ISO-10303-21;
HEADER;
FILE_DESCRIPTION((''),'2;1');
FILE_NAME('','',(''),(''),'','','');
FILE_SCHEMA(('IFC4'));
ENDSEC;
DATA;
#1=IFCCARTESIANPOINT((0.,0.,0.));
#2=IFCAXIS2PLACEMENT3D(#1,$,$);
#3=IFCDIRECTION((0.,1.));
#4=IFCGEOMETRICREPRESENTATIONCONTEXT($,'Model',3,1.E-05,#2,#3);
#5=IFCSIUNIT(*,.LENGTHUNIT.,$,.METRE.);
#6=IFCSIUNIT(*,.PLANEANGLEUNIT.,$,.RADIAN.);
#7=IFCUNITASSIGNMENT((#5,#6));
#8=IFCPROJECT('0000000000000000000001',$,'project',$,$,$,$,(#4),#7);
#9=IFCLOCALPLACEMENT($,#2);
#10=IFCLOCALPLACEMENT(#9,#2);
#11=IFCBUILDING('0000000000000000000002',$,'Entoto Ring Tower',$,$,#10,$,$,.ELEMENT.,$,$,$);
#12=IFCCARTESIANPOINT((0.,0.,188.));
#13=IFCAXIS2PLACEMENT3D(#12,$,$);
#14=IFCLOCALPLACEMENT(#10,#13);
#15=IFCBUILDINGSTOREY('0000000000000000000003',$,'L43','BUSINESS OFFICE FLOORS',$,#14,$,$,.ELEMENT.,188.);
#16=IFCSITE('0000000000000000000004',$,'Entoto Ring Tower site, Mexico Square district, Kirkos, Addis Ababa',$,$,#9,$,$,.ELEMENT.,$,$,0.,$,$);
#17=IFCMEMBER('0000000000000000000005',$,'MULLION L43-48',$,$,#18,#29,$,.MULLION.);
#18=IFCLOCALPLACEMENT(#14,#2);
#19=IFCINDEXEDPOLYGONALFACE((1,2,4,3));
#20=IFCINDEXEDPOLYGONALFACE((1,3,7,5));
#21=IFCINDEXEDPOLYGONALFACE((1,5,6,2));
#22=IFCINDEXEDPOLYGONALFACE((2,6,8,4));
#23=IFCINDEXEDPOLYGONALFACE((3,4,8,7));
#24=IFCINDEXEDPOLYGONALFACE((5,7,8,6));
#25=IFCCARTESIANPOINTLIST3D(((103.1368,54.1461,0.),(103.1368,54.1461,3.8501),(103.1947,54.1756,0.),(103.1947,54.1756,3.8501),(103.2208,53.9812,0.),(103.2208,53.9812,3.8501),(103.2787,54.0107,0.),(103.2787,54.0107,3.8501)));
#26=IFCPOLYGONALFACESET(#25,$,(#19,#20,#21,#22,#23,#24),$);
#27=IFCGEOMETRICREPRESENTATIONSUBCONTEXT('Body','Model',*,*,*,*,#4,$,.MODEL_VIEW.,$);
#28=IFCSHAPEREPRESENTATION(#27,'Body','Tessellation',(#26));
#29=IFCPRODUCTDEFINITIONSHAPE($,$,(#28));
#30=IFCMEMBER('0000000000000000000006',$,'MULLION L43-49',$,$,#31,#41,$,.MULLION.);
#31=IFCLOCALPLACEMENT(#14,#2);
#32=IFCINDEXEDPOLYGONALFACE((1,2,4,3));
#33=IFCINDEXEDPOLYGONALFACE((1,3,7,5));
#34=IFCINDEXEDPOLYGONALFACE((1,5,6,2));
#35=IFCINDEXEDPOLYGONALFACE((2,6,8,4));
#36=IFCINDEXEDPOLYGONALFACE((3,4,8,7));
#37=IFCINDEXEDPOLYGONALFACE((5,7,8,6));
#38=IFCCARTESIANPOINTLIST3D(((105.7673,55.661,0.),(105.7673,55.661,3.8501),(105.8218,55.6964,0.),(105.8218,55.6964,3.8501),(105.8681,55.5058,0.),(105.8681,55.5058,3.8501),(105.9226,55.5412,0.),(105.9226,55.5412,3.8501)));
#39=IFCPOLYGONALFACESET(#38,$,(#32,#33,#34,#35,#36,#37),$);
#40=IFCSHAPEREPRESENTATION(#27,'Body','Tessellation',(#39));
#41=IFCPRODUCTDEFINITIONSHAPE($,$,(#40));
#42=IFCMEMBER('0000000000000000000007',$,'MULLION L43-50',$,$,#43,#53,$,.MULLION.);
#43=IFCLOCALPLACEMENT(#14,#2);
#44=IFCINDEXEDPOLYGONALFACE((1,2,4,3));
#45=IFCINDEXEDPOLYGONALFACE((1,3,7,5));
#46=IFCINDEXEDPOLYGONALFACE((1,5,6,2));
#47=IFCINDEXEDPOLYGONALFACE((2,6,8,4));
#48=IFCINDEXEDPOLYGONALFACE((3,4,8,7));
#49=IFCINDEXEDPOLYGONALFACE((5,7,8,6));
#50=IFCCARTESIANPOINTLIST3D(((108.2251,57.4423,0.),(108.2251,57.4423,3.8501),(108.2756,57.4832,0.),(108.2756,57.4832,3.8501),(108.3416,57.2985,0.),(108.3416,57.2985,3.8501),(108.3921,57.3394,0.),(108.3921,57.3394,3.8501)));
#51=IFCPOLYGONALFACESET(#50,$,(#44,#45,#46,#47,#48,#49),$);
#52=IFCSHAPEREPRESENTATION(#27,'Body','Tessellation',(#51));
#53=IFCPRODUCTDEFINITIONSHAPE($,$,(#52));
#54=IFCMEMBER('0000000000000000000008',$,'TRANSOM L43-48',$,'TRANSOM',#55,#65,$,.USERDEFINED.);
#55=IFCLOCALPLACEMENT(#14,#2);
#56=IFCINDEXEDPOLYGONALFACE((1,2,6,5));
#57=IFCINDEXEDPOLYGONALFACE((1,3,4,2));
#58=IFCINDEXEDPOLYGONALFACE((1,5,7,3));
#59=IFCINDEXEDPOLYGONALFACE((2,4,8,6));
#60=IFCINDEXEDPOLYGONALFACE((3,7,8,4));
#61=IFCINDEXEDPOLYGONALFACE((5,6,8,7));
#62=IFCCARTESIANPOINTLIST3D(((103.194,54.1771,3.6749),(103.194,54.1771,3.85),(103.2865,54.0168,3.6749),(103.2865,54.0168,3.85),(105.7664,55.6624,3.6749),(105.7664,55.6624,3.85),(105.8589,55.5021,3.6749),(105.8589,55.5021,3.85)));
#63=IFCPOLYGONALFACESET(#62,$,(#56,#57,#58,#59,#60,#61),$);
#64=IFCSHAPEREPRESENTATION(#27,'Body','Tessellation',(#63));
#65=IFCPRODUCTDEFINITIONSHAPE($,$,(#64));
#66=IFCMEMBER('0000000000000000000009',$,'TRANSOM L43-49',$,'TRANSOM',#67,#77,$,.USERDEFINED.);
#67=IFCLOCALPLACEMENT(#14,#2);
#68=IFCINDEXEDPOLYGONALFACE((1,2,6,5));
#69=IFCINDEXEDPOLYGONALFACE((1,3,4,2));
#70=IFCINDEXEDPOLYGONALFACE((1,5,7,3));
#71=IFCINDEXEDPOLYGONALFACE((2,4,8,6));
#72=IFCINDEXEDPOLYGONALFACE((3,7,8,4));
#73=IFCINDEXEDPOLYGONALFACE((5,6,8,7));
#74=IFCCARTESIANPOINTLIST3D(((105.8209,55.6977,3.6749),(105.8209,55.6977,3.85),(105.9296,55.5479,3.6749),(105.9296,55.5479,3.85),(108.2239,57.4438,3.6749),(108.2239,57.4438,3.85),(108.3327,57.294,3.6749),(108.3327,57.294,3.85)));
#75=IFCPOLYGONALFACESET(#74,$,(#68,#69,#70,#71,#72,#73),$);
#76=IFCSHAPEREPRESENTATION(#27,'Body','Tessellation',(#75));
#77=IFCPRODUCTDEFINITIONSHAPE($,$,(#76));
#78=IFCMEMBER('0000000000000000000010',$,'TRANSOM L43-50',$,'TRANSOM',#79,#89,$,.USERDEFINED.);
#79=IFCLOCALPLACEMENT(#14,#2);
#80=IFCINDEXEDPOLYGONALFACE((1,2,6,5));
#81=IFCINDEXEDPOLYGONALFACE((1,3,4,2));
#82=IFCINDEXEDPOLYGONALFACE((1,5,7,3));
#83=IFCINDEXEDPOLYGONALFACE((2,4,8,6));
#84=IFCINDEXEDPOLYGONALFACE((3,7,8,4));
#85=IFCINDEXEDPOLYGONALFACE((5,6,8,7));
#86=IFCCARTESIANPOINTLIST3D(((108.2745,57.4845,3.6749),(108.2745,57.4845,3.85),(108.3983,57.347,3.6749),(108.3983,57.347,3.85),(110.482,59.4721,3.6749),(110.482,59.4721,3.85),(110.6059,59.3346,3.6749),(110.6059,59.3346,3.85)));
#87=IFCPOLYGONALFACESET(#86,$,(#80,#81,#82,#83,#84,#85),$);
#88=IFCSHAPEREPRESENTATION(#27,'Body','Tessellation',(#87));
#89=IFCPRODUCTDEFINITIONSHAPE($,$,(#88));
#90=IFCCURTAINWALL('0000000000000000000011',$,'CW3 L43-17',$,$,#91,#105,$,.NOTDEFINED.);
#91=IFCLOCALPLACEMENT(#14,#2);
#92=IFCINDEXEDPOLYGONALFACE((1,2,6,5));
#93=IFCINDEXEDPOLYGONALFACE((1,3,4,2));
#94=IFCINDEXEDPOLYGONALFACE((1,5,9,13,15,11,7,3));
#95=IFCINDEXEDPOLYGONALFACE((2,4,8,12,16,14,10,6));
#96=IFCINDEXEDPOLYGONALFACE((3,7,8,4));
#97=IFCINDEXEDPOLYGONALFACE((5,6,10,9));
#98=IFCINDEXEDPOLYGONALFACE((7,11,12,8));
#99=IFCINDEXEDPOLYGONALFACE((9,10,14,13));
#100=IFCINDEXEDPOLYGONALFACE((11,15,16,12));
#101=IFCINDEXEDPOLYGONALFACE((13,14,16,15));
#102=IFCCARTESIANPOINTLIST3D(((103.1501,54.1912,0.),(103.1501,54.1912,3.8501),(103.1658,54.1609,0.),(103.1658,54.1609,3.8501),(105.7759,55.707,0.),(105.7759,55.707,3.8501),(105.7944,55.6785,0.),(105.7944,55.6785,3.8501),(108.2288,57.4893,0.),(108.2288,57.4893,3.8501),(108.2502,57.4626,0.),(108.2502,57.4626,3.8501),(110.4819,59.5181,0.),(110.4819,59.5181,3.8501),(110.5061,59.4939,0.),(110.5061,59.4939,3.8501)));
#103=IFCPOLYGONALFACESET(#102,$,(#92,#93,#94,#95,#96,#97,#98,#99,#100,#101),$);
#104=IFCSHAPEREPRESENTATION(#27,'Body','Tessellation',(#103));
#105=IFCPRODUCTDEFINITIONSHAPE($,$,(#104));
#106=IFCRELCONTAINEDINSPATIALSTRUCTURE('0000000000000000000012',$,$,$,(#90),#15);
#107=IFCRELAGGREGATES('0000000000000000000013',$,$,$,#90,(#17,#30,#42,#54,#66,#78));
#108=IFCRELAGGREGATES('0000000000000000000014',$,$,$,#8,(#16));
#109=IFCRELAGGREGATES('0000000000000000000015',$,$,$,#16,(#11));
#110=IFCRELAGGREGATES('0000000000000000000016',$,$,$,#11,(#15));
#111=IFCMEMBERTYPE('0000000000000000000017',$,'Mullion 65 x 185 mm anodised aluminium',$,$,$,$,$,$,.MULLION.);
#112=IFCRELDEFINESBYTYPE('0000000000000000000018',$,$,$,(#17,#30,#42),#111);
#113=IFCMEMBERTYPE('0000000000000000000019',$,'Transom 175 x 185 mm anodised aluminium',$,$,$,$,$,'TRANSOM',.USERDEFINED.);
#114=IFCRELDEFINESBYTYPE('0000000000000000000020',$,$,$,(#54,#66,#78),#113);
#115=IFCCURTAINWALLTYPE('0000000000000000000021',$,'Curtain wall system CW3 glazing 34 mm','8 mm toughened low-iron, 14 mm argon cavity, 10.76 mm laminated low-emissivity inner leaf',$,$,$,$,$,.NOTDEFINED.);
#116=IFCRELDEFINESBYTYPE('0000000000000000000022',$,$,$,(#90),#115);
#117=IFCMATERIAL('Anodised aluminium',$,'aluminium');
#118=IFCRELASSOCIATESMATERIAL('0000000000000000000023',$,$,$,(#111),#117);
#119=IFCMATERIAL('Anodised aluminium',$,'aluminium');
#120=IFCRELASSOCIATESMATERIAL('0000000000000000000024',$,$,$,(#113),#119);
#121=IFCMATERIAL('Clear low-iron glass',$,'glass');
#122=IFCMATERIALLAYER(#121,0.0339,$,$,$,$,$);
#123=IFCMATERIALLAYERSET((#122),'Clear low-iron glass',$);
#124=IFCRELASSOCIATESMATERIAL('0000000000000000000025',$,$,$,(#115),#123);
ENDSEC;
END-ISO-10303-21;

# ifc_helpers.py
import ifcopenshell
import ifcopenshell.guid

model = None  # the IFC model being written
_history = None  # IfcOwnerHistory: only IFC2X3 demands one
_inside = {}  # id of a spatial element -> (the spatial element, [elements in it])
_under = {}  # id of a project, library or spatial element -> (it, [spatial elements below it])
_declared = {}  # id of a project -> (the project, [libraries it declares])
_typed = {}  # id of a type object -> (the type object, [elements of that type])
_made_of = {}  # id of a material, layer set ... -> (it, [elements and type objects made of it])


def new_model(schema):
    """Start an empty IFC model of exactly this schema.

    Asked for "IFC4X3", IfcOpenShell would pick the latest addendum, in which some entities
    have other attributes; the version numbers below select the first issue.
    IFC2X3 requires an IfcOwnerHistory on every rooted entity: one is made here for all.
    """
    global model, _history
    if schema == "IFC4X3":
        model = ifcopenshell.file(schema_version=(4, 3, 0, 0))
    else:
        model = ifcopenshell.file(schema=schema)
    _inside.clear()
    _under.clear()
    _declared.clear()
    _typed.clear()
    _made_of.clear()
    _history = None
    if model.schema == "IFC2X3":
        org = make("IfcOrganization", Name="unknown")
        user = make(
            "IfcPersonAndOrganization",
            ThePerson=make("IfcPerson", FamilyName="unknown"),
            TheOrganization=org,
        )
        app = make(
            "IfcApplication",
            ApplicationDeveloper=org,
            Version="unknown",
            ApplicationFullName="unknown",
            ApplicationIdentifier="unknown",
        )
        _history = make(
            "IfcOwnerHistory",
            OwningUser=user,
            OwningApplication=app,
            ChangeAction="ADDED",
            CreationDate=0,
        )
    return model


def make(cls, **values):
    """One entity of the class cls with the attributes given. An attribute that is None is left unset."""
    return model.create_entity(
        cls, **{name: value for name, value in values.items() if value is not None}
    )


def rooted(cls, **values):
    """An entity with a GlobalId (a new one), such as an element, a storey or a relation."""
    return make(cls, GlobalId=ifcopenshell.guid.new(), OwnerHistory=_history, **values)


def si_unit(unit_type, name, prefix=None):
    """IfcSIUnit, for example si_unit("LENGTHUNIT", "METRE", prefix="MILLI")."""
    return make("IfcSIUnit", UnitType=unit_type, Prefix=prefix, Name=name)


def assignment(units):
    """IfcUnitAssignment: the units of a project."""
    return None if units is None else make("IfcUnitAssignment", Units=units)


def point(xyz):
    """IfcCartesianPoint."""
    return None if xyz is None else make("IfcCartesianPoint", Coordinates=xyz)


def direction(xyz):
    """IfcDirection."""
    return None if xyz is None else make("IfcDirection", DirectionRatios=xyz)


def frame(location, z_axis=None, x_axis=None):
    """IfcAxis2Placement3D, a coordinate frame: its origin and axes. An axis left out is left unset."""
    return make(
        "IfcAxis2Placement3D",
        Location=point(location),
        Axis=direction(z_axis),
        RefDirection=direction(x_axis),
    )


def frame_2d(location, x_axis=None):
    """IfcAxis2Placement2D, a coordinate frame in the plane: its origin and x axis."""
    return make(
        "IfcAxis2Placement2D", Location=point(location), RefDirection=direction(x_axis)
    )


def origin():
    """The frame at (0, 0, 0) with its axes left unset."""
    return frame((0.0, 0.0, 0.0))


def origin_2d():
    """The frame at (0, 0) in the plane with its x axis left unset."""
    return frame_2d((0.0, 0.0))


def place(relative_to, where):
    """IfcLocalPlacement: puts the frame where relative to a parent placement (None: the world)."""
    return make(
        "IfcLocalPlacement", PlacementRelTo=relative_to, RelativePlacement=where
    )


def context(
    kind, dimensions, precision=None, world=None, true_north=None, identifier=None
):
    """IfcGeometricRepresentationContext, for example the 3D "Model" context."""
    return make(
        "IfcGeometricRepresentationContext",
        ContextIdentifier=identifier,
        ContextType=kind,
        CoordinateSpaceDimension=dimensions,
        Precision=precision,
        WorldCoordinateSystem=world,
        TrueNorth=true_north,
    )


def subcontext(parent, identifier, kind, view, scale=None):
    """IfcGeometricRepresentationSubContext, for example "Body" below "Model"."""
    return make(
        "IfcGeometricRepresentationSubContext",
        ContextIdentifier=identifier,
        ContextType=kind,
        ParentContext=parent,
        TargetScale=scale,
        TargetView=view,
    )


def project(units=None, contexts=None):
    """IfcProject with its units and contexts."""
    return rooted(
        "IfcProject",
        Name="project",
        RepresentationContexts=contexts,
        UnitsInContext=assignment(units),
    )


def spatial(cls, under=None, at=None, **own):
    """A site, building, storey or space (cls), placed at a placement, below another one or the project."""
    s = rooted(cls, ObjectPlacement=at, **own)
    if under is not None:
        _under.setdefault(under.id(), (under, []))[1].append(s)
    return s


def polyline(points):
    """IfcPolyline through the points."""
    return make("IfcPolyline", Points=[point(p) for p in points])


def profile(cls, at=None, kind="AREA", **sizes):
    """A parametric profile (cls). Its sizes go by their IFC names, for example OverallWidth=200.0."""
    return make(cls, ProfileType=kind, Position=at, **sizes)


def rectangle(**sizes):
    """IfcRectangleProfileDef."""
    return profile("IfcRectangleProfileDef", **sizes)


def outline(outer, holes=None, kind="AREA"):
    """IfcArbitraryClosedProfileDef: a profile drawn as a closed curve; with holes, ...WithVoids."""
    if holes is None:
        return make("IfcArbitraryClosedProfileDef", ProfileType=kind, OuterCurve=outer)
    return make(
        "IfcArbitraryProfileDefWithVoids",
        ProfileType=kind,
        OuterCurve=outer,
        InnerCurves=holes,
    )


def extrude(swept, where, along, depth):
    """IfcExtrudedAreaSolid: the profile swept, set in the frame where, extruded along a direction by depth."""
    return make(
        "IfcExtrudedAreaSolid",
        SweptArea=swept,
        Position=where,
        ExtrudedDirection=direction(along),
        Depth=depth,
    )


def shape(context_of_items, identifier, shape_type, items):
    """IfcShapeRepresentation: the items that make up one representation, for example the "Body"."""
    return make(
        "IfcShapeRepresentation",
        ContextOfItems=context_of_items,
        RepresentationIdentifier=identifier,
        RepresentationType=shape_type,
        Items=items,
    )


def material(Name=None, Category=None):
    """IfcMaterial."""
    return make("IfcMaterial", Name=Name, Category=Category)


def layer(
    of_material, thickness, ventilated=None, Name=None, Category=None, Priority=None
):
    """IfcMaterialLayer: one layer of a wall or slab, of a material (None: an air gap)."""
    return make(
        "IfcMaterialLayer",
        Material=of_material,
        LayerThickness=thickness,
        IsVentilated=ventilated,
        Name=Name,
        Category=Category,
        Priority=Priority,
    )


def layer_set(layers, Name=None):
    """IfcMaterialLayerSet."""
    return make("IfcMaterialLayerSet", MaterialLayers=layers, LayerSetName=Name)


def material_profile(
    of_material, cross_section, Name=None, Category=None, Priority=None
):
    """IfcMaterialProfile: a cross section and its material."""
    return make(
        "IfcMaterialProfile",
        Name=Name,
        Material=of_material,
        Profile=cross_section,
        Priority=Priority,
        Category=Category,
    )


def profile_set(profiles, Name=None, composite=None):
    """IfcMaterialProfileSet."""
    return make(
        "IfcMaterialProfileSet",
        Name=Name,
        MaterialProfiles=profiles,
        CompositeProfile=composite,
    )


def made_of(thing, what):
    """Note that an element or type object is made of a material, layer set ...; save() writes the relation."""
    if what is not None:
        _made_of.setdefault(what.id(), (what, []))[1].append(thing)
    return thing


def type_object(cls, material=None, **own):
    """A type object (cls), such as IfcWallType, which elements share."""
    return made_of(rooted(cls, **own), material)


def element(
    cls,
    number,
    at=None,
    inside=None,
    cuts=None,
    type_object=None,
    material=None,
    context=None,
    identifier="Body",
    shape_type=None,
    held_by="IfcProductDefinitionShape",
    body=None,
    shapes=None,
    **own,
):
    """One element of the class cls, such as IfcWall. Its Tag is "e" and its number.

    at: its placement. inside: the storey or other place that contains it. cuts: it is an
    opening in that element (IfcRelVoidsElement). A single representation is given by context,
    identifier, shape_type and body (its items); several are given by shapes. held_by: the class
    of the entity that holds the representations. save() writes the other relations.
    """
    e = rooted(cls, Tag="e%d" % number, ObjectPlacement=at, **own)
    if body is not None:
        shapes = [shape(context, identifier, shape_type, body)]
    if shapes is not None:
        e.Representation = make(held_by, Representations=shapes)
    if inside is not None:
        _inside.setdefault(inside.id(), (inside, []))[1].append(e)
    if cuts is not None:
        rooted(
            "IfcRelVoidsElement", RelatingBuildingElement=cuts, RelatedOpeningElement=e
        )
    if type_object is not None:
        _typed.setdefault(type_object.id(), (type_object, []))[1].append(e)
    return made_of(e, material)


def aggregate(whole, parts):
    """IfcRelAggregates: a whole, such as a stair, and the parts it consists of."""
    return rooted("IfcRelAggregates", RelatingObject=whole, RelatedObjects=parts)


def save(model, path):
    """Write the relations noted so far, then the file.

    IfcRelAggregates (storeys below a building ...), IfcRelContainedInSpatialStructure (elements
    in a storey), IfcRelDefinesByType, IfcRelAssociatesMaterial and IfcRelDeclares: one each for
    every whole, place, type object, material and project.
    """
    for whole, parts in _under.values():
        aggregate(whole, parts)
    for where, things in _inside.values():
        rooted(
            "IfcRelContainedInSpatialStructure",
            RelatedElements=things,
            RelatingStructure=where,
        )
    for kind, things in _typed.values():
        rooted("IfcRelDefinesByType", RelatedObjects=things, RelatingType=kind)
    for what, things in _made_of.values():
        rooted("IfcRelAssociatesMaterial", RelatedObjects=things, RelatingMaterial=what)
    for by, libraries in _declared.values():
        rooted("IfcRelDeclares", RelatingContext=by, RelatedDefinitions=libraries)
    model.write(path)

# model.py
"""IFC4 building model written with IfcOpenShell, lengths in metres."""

from ifc_helpers import new_model, si_unit, direction, frame, origin, origin_2d, place, context, subcontext, project, spatial, polyline, rectangle, outline, extrude, material, layer, layer_set, material_profile, profile_set, type_object, element, aggregate, save


model = new_model("IFC4")

# Units and contexts
model_context = context("Model", 3, precision=1e-05, world=origin(), true_north=direction((0.0, 1.0)))
body_context = subcontext(model_context, "Body", "Model", "MODEL_VIEW")
ifc_project = project(units=[si_unit("LENGTHUNIT", "METRE"), si_unit("PLANEANGLEUNIT", "RADIAN")], contexts=[model_context])

# Members
ifc_material_1 = material(Name="Anodised aluminium", Category="aluminium")
ifc_material_profile_1 = material_profile(ifc_material_1, rectangle(XDim=0.0649, YDim=0.1851, at=origin_2d()), Name="Mullion 65 x 185 mm anodised aluminium")
ifc_profile_set_1 = profile_set([ifc_material_profile_1], Name="Anodised aluminium")
member_type_1 = type_object("IfcMemberType", Name="Mullion 65 x 185 mm anodised aluminium", PredefinedType="MULLION", material=ifc_profile_set_1)
site_placement = place(None, origin())
building_placement = place(site_placement, origin())
storey_placement = place(building_placement, frame((0.0, 0.0, 188.0)))
member_1_placement = place(storey_placement, frame((103.2078, 54.0784, 0.0), z_axis=(0.0, 0.0, 1.0), x_axis=(0.891007, 0.45399, 0.0)))
member_1 = element("IfcMember", 1, at=member_1_placement, type_object=member_type_1, Name="MULLION L43-48", PredefinedType="MULLION", context=body_context, shape_type="SweptSolid", body=[
    extrude(rectangle(XDim=0.0649, YDim=0.1851, at=origin_2d()), origin(), (0.0, 0.0, 1.0), 3.8501),
])
member_2_placement = place(storey_placement, frame((105.845, 55.6011, 0.0), z_axis=(0.0, 0.0, 1.0), x_axis=(0.838671, 0.544639, 0.0)))
member_2 = element("IfcMember", 2, at=member_2_placement, type_object=member_type_1, Name="MULLION L43-49", PredefinedType="MULLION", context=body_context, shape_type="SweptSolid", body=[
    extrude(rectangle(XDim=0.0649, YDim=0.1851, at=origin_2d()), origin(), (0.0, 0.0, 1.0), 3.8501),
])
member_3_placement = place(storey_placement, frame((108.3086, 57.3909, 0.0), z_axis=(0.0, 0.0, 1.0), x_axis=(0.777146, 0.62932, 0.0)))
member_3 = element("IfcMember", 3, at=member_3_placement, type_object=member_type_1, Name="MULLION L43-50", PredefinedType="MULLION", context=body_context, shape_type="SweptSolid", body=[
    extrude(rectangle(XDim=0.0649, YDim=0.1851, at=origin_2d()), origin(), (0.0, 0.0, 1.0), 3.8501),
])
ifc_material_2 = material(Name="Anodised aluminium", Category="aluminium")
ifc_material_profile_2 = material_profile(ifc_material_2, rectangle(XDim=0.1851, YDim=0.175, at=origin_2d()), Name="Transom 175 x 185 mm anodised aluminium")
ifc_profile_set_2 = profile_set([ifc_material_profile_2], Name="Anodised aluminium")
member_type_2 = type_object("IfcMemberType", Name="Transom 175 x 185 mm anodised aluminium", ElementType="TRANSOM", PredefinedType="USERDEFINED", material=ifc_profile_set_2)
member_4_placement = place(storey_placement, frame((103.2402, 54.0969, 3.7625), z_axis=(0.866009, 0.500028, 0.0), x_axis=(-0.500028, 0.866009, 0.0)))
member_4 = element("IfcMember", 4, at=member_4_placement, type_object=member_type_2, Name="TRANSOM L43-48", ObjectType="TRANSOM", PredefinedType="USERDEFINED", context=body_context, shape_type="SweptSolid", body=[
    extrude(rectangle(XDim=0.1851, YDim=0.175, at=origin_2d()), origin(), (0.0, 0.0, 1.0), 2.9705),
])
member_5_placement = place(storey_placement, frame((105.8752, 55.6228, 3.7625), z_axis=(0.808992, 0.58782, 0.0), x_axis=(-0.58782, 0.808992, 0.0)))
member_5 = element("IfcMember", 5, at=member_5_placement, type_object=member_type_2, Name="TRANSOM L43-49", ObjectType="TRANSOM", PredefinedType="USERDEFINED", context=body_context, shape_type="SweptSolid", body=[
    extrude(rectangle(XDim=0.1851, YDim=0.175, at=origin_2d()), origin(), (0.0, 0.0, 1.0), 2.9705),
])
member_6_placement = place(storey_placement, frame((108.3364, 57.4158, 3.7625), z_axis=(0.743163, 0.66911, 0.0), x_axis=(-0.66911, 0.743163, 0.0)))
member_6 = element("IfcMember", 6, at=member_6_placement, type_object=member_type_2, Name="TRANSOM L43-50", ObjectType="TRANSOM", PredefinedType="USERDEFINED", context=body_context, shape_type="SweptSolid", body=[
    extrude(rectangle(XDim=0.1851, YDim=0.175, at=origin_2d()), origin(), (0.0, 0.0, 1.0), 2.9705),
])

# Site, building, storey
site = spatial("IfcSite", under=ifc_project, at=site_placement, Name="Entoto Ring Tower site, Mexico Square district, Kirkos, Addis Ababa", CompositionType="ELEMENT", RefElevation=0.0)
building = spatial("IfcBuilding", under=site, at=building_placement, Name="Entoto Ring Tower", CompositionType="ELEMENT")
storey = spatial("IfcBuildingStorey", under=building, at=storey_placement, Name="L43", Description="BUSINESS OFFICE FLOORS", CompositionType="ELEMENT", Elevation=188.0)

# Curtain wall
ifc_material_3 = material(Name="Clear low-iron glass", Category="glass")
ifc_layer_1 = layer(ifc_material_3, 0.0339)
ifc_layer_set_1 = layer_set([ifc_layer_1], Name="Clear low-iron glass")
curtain_wall_type = type_object("IfcCurtainWallType", Name="Curtain wall system CW3 glazing 34 mm", Description="8 mm toughened low-iron, 14 mm argon cavity, 10.76 mm laminated low-emissivity inner leaf", PredefinedType="NOTDEFINED", material=ifc_layer_set_1)
curtain_wall_1_placement = place(storey_placement, origin())
curtain_wall_1 = element("IfcCurtainWall", 7, at=curtain_wall_1_placement, inside=storey, type_object=curtain_wall_type, Name="CW3 L43-17", PredefinedType="NOTDEFINED", context=body_context, shape_type="SweptSolid", body=[
    extrude(outline(polyline([(103.1658, 54.1609), (105.7944, 55.6785), (108.2502, 57.4626), (110.5061, 59.4939), (110.4819, 59.5181), (108.2288, 57.4893), (105.7759, 55.707), (103.1501, 54.1912), (103.1658, 54.1609)])), origin(), (0.0, 0.0, 1.0), 3.8501),
])
aggregate(curtain_wall_1, [member_1, member_2, member_3, member_4, member_5, member_6])

save(model, "model.ifc")
